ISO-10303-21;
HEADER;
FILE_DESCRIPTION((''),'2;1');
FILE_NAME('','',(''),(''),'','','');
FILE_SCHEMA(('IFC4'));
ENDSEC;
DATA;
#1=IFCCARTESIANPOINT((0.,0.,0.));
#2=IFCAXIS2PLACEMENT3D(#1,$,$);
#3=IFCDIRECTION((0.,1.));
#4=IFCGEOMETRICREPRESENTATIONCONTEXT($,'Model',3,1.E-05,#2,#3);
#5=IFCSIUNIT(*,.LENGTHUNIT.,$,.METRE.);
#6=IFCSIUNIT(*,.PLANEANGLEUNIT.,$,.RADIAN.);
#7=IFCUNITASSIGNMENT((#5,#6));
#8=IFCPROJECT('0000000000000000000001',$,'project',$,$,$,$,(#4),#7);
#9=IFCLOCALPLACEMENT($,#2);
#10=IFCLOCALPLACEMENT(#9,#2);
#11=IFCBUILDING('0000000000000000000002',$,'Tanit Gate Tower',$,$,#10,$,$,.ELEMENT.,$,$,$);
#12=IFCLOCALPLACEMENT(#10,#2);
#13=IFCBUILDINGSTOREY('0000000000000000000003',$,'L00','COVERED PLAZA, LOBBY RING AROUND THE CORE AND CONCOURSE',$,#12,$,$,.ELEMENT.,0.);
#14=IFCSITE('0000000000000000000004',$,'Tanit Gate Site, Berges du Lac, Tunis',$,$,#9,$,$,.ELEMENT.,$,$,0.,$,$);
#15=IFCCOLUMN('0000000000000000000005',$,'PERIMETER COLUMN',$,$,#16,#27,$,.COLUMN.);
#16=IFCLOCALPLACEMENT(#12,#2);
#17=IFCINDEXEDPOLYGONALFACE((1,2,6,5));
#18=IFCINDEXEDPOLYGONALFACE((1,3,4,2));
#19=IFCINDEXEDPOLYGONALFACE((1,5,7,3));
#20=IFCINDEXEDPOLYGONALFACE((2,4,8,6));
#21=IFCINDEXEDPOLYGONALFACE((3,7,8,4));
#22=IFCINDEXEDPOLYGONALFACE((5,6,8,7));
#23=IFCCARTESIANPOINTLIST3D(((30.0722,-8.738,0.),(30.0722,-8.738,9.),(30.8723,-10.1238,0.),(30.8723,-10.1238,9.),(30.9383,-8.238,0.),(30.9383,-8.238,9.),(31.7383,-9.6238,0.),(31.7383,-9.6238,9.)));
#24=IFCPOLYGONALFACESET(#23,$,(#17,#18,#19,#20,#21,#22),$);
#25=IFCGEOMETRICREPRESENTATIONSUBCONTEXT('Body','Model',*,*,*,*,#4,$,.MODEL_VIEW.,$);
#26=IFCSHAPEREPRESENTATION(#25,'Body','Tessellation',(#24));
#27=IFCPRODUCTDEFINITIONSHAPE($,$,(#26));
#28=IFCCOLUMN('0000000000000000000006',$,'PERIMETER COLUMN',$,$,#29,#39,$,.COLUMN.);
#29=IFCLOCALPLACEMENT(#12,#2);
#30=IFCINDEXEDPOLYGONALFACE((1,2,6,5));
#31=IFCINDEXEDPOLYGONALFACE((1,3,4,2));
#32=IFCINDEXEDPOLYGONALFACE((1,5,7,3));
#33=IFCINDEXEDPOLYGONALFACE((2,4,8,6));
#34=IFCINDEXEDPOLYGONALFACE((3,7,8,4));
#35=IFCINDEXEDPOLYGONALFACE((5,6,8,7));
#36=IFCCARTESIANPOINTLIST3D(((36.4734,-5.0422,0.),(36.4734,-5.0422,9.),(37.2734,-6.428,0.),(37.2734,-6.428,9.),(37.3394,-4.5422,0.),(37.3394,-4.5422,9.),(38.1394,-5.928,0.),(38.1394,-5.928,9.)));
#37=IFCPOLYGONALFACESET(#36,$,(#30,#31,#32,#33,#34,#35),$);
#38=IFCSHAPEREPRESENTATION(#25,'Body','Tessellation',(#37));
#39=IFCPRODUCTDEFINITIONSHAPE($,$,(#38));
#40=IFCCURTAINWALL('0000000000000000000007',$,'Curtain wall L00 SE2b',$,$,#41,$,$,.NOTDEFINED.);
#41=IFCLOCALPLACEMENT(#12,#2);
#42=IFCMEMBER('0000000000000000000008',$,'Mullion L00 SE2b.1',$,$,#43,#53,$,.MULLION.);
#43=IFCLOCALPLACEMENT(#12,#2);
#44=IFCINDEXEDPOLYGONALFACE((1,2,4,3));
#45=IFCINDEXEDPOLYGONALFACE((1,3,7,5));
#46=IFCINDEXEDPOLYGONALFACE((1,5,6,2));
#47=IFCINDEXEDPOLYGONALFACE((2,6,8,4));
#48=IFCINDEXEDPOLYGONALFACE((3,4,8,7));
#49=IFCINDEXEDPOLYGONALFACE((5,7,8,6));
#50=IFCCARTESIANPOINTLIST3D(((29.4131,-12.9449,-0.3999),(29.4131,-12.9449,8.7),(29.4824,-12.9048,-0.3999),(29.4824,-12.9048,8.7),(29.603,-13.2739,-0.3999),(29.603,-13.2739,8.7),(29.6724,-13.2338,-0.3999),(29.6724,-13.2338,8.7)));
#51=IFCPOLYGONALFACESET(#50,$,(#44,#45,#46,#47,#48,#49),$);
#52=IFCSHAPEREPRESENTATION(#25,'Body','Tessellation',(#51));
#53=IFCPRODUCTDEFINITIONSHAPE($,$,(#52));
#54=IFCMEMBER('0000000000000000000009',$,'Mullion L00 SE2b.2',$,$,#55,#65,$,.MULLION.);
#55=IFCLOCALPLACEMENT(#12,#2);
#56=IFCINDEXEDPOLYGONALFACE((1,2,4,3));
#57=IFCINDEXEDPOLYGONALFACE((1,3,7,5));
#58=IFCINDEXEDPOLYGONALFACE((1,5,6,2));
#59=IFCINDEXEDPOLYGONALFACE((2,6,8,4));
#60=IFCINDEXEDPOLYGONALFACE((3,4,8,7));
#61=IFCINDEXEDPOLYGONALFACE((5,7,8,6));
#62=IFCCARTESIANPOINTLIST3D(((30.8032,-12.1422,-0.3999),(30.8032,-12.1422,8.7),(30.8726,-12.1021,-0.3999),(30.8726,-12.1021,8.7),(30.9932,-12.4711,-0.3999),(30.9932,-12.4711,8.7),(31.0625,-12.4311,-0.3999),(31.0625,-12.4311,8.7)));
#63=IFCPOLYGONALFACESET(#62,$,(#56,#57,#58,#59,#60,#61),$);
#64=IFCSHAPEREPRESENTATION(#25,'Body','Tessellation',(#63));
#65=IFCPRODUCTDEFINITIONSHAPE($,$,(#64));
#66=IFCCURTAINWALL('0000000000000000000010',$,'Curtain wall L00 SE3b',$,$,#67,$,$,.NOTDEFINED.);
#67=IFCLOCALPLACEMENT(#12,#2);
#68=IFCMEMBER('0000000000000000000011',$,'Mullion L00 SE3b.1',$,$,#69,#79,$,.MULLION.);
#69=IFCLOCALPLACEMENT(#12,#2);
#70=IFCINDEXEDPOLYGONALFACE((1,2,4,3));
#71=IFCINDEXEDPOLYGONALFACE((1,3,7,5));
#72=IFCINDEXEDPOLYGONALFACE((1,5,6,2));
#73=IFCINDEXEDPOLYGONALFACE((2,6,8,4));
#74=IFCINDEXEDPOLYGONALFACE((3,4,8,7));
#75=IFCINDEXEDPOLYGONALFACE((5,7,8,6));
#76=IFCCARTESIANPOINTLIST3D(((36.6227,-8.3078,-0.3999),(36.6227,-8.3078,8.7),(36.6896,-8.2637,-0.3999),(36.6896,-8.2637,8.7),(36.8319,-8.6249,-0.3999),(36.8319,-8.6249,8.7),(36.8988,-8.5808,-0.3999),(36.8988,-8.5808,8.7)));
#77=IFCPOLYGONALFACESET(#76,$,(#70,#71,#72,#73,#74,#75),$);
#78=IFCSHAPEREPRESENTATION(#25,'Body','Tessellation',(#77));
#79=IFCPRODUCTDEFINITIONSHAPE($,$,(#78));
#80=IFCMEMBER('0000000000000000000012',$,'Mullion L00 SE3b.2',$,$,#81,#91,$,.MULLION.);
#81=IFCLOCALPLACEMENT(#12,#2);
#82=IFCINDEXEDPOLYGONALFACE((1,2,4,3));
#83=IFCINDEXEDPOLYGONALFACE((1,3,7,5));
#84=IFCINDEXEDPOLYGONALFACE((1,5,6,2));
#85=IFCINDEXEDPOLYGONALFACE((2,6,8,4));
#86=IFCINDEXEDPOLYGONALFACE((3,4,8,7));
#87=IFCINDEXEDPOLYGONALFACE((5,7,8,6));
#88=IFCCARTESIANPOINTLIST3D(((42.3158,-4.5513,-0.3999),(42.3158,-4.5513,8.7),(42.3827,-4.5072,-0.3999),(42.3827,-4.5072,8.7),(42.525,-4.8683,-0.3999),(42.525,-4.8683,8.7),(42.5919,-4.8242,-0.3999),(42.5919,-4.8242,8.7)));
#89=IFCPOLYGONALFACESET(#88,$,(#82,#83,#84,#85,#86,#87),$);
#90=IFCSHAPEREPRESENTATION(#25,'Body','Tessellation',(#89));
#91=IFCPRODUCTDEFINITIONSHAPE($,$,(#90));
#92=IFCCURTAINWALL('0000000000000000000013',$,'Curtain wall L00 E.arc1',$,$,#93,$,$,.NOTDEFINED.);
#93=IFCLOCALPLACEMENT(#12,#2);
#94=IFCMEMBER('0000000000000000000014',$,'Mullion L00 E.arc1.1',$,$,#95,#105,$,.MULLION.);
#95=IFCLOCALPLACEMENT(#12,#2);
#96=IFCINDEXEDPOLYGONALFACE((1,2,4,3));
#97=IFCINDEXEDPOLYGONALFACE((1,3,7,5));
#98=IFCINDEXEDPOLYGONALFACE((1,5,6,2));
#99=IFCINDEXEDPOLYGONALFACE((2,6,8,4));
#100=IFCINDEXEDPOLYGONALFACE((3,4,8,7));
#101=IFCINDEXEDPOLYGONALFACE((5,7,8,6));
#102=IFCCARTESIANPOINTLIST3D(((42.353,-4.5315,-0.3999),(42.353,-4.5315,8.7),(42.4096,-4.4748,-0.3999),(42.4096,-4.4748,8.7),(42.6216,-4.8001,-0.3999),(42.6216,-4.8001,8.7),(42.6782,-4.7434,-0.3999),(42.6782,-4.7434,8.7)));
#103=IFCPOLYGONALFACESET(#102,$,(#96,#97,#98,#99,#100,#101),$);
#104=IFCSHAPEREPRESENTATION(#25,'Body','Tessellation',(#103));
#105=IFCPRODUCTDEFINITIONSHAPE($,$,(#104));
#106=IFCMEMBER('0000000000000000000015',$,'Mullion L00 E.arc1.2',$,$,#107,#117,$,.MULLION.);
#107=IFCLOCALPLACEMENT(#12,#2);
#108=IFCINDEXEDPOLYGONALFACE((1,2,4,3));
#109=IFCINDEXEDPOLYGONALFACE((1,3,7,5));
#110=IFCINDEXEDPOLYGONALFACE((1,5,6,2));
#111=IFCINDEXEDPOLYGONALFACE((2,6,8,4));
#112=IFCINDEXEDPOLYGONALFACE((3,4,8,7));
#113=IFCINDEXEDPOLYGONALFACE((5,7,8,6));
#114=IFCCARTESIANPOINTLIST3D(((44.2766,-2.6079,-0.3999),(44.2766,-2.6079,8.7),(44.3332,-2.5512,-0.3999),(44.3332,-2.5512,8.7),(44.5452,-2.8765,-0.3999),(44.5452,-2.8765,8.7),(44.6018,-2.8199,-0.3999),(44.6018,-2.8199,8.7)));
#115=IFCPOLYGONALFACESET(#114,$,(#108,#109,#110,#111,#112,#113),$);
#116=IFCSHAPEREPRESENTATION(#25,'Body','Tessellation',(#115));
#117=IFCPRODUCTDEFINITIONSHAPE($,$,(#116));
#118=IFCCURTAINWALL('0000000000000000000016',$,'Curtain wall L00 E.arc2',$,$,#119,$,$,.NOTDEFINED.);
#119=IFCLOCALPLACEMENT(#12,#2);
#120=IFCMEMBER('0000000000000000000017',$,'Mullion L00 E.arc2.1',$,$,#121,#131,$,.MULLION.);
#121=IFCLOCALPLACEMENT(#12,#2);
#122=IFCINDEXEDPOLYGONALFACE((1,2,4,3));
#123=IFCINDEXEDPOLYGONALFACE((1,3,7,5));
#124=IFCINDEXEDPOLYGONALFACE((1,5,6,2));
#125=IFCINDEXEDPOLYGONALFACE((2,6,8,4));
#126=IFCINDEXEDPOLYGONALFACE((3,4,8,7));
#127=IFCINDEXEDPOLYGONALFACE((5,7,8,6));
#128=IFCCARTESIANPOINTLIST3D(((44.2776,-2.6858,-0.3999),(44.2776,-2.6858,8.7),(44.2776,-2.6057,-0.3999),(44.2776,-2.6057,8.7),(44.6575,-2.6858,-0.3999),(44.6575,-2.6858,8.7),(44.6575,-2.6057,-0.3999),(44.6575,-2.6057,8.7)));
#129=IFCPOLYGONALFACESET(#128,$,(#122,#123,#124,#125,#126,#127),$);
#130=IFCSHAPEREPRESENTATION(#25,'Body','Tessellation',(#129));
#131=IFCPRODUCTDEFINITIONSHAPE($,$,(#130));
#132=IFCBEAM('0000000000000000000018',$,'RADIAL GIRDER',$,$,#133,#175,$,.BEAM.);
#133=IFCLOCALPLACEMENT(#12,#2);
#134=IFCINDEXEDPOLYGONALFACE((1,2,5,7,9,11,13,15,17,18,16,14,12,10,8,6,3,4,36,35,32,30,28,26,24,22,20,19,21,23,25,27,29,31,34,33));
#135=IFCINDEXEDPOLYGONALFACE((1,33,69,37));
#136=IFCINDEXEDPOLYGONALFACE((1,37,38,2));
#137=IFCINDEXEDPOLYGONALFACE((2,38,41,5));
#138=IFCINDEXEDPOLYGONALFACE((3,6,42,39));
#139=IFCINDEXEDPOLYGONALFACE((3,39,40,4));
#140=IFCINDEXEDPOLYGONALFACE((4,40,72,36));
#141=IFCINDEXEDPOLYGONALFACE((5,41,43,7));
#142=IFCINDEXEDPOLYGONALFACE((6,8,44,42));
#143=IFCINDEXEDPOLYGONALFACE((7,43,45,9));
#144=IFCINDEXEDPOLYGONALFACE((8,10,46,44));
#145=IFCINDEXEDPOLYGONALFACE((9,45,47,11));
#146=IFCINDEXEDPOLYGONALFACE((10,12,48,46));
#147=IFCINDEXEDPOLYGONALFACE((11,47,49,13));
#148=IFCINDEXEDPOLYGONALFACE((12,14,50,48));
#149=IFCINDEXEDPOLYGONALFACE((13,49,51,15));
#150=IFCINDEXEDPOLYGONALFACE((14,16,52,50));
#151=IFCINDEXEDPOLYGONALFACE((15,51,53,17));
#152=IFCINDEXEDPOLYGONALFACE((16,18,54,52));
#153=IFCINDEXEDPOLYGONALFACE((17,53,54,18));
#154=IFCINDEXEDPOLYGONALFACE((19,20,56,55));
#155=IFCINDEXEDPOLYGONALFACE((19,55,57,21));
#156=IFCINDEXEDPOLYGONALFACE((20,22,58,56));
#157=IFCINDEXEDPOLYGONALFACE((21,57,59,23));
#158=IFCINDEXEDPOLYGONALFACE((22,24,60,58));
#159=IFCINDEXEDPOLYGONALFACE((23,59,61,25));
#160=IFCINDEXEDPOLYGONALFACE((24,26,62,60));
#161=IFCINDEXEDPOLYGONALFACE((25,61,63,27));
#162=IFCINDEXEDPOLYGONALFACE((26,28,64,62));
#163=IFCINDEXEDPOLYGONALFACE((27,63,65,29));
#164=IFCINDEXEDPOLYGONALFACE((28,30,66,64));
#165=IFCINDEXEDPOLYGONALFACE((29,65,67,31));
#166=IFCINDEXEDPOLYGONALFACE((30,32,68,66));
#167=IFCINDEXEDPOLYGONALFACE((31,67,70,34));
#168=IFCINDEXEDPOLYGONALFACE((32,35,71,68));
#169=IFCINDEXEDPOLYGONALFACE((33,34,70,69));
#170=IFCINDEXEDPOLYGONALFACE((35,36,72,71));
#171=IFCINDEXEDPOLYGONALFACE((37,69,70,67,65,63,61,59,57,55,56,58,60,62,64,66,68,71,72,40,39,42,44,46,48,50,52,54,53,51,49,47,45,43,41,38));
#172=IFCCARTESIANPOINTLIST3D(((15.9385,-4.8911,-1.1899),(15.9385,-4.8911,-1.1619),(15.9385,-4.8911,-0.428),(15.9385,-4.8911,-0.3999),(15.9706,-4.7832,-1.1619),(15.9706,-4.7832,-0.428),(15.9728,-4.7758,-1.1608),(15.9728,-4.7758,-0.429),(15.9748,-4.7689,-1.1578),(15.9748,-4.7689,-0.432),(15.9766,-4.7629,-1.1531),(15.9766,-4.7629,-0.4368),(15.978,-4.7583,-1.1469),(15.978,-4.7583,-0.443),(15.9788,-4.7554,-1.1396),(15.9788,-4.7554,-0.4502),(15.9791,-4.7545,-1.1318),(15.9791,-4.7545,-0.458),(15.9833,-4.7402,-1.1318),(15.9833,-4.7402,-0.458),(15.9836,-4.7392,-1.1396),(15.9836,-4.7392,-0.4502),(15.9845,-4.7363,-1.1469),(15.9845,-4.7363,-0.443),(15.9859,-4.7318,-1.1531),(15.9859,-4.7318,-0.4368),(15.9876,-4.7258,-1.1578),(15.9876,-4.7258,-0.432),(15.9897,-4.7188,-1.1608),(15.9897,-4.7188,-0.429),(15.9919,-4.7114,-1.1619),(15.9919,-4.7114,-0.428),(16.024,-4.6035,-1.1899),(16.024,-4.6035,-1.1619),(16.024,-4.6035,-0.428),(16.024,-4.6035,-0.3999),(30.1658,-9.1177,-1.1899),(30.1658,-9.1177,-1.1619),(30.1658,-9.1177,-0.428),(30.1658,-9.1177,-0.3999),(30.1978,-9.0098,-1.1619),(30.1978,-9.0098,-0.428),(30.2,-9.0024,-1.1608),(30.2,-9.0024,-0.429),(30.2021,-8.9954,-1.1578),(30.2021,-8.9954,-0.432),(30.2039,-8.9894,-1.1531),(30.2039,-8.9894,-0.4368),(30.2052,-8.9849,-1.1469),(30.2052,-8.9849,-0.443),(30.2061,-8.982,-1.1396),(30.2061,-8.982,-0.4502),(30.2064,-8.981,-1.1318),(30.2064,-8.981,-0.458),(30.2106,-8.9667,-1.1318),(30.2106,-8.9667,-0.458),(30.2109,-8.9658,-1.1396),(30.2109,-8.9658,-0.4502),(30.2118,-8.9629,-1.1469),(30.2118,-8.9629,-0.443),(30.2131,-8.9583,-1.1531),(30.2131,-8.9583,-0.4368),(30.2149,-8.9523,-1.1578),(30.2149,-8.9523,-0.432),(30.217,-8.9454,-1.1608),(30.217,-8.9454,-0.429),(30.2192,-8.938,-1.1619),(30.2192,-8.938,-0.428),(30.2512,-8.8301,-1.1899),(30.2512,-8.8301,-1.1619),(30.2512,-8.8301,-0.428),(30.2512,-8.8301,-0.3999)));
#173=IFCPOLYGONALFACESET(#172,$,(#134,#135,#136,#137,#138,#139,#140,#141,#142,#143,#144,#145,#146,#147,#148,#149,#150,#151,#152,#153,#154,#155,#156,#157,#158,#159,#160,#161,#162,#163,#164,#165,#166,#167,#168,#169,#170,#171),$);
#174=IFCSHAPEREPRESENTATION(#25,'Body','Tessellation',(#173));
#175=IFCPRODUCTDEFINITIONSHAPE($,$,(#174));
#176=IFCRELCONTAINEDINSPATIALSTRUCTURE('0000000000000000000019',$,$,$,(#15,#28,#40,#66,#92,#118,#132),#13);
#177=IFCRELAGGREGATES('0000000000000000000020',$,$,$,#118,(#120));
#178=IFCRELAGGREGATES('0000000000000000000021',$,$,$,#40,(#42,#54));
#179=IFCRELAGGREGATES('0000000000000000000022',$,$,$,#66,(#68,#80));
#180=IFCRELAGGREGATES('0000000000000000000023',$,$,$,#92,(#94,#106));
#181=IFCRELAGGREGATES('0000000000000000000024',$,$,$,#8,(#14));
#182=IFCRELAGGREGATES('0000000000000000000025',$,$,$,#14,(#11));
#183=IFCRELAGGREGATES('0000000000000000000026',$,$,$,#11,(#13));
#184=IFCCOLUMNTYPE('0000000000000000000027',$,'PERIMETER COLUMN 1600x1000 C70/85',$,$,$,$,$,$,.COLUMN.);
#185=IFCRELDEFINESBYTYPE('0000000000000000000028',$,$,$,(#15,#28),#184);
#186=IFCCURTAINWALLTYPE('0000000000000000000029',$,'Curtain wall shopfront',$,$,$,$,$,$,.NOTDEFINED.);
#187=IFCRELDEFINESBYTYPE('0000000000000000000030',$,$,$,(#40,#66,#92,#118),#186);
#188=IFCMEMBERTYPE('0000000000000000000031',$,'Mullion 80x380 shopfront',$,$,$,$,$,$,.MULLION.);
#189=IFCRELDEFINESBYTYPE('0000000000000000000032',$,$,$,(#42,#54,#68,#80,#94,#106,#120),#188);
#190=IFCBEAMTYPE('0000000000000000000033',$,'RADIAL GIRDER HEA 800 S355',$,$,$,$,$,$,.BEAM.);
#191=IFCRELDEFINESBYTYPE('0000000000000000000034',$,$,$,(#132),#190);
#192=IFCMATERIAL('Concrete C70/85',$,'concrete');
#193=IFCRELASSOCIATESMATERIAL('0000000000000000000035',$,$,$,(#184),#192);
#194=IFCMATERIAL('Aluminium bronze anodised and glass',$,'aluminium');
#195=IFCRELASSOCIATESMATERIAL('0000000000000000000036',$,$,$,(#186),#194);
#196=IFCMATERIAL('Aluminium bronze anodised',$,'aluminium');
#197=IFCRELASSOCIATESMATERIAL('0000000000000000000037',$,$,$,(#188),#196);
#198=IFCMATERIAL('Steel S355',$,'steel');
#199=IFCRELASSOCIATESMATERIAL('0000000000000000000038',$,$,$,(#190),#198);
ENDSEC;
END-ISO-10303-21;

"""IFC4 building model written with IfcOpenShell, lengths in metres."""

from ifc_helpers import new_model, si_unit, direction, frame, origin, origin_2d, place, context, subcontext, project, spatial, rectangle, i_section, extrude, material, material_profile, profile_set, type_object, element, aggregate, save


model = new_model("IFC4")

# Units and contexts
model_context = context("Model", 3, precision=1e-05, world=origin(), true_north=direction((0.0, 1.0)))
body_context = subcontext(model_context, "Body", "Model", "MODEL_VIEW")
ifc_project = project(units=[si_unit("LENGTHUNIT", "METRE"), si_unit("PLANEANGLEUNIT", "RADIAN")], contexts=[model_context])

# Site, building, storey
site_placement = place(None, origin())
site = spatial("IfcSite", under=ifc_project, at=site_placement, Name="Tanit Gate Site, Berges du Lac, Tunis", CompositionType="ELEMENT", RefElevation=0.0)
building_placement = place(site_placement, origin())
building = spatial("IfcBuilding", under=site, at=building_placement, Name="Tanit Gate Tower", CompositionType="ELEMENT")
storey_placement = place(building_placement, origin())
storey = spatial("IfcBuildingStorey", under=building, at=storey_placement, Name="L00", Description="COVERED PLAZA, LOBBY RING AROUND THE CORE AND CONCOURSE", CompositionType="ELEMENT", Elevation=0.0)

# Columns
ifc_material_1 = material(Name="Concrete C70/85", Category="concrete")
ifc_material_profile_1 = material_profile(ifc_material_1, rectangle(XDim=1.6001, YDim=1.0, at=origin_2d()), Name="RC 1600x1000")
ifc_profile_set_1 = profile_set([ifc_material_profile_1], Name="Concrete C70/85")
column_type = type_object("IfcColumnType", Name="PERIMETER COLUMN 1600x1000 C70/85", PredefinedType="COLUMN", material=ifc_profile_set_1)
for number, where, z_axis, x_axis, name in (
    (1, (30.9053, -9.1809, 0.0), (0.0, 0.0, 1.0), (0.5, -0.866025, 0.0), "PERIMETER COLUMN"),
    (2, (37.3064, -5.4851, 0.0), (0.0, 0.0, 1.0), (0.5, -0.866025, 0.0), "PERIMETER COLUMN"),
):
    element("IfcColumn", number, at=place(storey_placement, frame(where, z_axis=z_axis, x_axis=x_axis)), inside=storey, type_object=column_type, Name=name, PredefinedType="COLUMN", context=body_context, shape_type="SweptSolid", body=[
        extrude(rectangle(XDim=1.6001, YDim=1.0, at=origin_2d()), origin(), (0.0, 0.0, 1.0), 9.0),
    ])

# Curtain walls, members
ifc_material_2 = material(Name="Aluminium bronze anodised and glass", Category="aluminium")
curtain_wall_type = type_object("IfcCurtainWallType", Name="Curtain wall shopfront", PredefinedType="NOTDEFINED", material=ifc_material_2)
curtain_wall_1_placement = place(storey_placement, origin())
curtain_wall_1 = element("IfcCurtainWall", 3, at=curtain_wall_1_placement, inside=storey, type_object=curtain_wall_type, Name="Curtain wall L00 SE2b", PredefinedType="NOTDEFINED")
ifc_material_3 = material(Name="Aluminium bronze anodised", Category="aluminium")
ifc_material_profile_2 = material_profile(ifc_material_3, rectangle(XDim=0.3799, YDim=0.0801, at=origin_2d()), Name="80x380 bronze mullion")
ifc_profile_set_2 = profile_set([ifc_material_profile_2], Name="Aluminium bronze anodised")
member_type_1 = type_object("IfcMemberType", Name="Mullion 80x380 shopfront", PredefinedType="MULLION", material=ifc_profile_set_2)
member_1_placement = place(storey_placement, frame((29.5427, -13.0894, -0.3999), z_axis=(0.0, 0.0, 1.0), x_axis=(-0.50006, 0.865991, 0.0)))
member_1 = element("IfcMember", 4, at=member_1_placement, type_object=member_type_1, Name="Mullion L00 SE2b.1", PredefinedType="MULLION", context=body_context, shape_type="SweptSolid", body=[
    extrude(rectangle(XDim=0.3799, YDim=0.0801, at=origin_2d()), origin(), (0.0, 0.0, 1.0), 9.0999),
])
member_2_placement = place(storey_placement, frame((30.9329, -12.2866, -0.3999), z_axis=(0.0, 0.0, 1.0), x_axis=(-0.50006, 0.865991, 0.0)))
member_2 = element("IfcMember", 5, at=member_2_placement, type_object=member_type_1, Name="Mullion L00 SE2b.2", PredefinedType="MULLION", context=body_context, shape_type="SweptSolid", body=[
    extrude(rectangle(XDim=0.3799, YDim=0.0801, at=origin_2d()), origin(), (0.0, 0.0, 1.0), 9.0999),
])
curtain_wall_2_placement = place(storey_placement, origin())
curtain_wall_2 = element("IfcCurtainWall", 6, at=curtain_wall_2_placement, inside=storey, type_object=curtain_wall_type, Name="Curtain wall L00 SE3b", PredefinedType="NOTDEFINED")
member_3_placement = place(storey_placement, frame((36.7607, -8.4443, -0.3999), z_axis=(0.0, 0.0, 1.0), x_axis=(-0.55073, 0.834683, 0.0)))
member_3 = element("IfcMember", 7, at=member_3_placement, type_object=member_type_1, Name="Mullion L00 SE3b.1", PredefinedType="MULLION", context=body_context, shape_type="SweptSolid", body=[
    extrude(rectangle(XDim=0.3799, YDim=0.0801, at=origin_2d()), origin(), (0.0, 0.0, 1.0), 9.0999),
])
member_4_placement = place(storey_placement, frame((42.4539, -4.6877, -0.3999), z_axis=(0.0, 0.0, 1.0), x_axis=(-0.55073, 0.834683, 0.0)))
member_4 = element("IfcMember", 8, at=member_4_placement, type_object=member_type_1, Name="Mullion L00 SE3b.2", PredefinedType="MULLION", context=body_context, shape_type="SweptSolid", body=[
    extrude(rectangle(XDim=0.3799, YDim=0.0801, at=origin_2d()), origin(), (0.0, 0.0, 1.0), 9.0999),
])
curtain_wall_3_placement = place(storey_placement, origin())
curtain_wall_3 = element("IfcCurtainWall", 9, at=curtain_wall_3_placement, inside=storey, type_object=curtain_wall_type, Name="Curtain wall L00 E.arc1", PredefinedType="NOTDEFINED")
member_5_placement = place(storey_placement, frame((42.5156, -4.6375, -0.3999), z_axis=(0.0, 0.0, 1.0), x_axis=(-0.707107, 0.707107, 0.0)))
member_5 = element("IfcMember", 10, at=member_5_placement, type_object=member_type_1, Name="Mullion L00 E.arc1.1", PredefinedType="MULLION", context=body_context, shape_type="SweptSolid", body=[
    extrude(rectangle(XDim=0.3799, YDim=0.0801, at=origin_2d()), origin(), (0.0, 0.0, 1.0), 9.0999),
])
member_6_placement = place(storey_placement, frame((44.4392, -2.7139, -0.3999), z_axis=(0.0, 0.0, 1.0), x_axis=(-0.707107, 0.707107, 0.0)))
member_6 = element("IfcMember", 11, at=member_6_placement, type_object=member_type_1, Name="Mullion L00 E.arc1.2", PredefinedType="MULLION", context=body_context, shape_type="SweptSolid", body=[
    extrude(rectangle(XDim=0.3799, YDim=0.0801, at=origin_2d()), origin(), (0.0, 0.0, 1.0), 9.0999),
])

# Curtain wall, member
curtain_wall_4_placement = place(storey_placement, origin())
curtain_wall_4 = element("IfcCurtainWall", 12, at=curtain_wall_4_placement, inside=storey, type_object=curtain_wall_type, Name="Curtain wall L00 E.arc2", PredefinedType="NOTDEFINED")
member_7_placement = place(storey_placement, frame((44.4675, -2.6458, -0.3999), z_axis=(0.0, 0.0, 1.0), x_axis=(-1.0, 0.0, 0.0)))
member_7 = element("IfcMember", 13, at=member_7_placement, type_object=member_type_1, Name="Mullion L00 E.arc2.1", PredefinedType="MULLION", context=body_context, shape_type="SweptSolid", body=[
    extrude(rectangle(XDim=0.3799, YDim=0.0801, at=origin_2d()), origin(), (0.0, 0.0, 1.0), 9.0999),
])

# Beam
ifc_material_4 = material(Name="Steel S355", Category="steel")
ifc_material_profile_3 = material_profile(ifc_material_4, i_section(OverallWidth=0.3, OverallDepth=0.79, WebThickness=0.0149, FlangeThickness=0.0281, FilletRadius=0.03, at=origin_2d()), Name="HEA 800")
ifc_profile_set_3 = profile_set([ifc_material_profile_3], Name="Steel S355")
beam_type_1 = type_object("IfcBeamType", Name="RADIAL GIRDER HEA 800 S355", PredefinedType="BEAM", material=ifc_profile_set_3)
beam_1_placement = place(storey_placement, frame((30.2085, -8.9739, -0.7949), z_axis=(-0.958595, 0.284774, 0.0), x_axis=(-0.284774, -0.958595, 0.0)))
element("IfcBeam", 14, at=beam_1_placement, inside=storey, type_object=beam_type_1, Name="RADIAL GIRDER", PredefinedType="BEAM", context=body_context, shape_type="SweptSolid", body=[
    extrude(i_section(OverallWidth=0.3, OverallDepth=0.79, WebThickness=0.0149, FlangeThickness=0.0281, FilletRadius=0.03, at=origin_2d()), origin(), (0.0, 0.0, 1.0), 14.8418),
])

aggregate(curtain_wall_4, [member_7])

aggregate(curtain_wall_1, [member_1, member_2])
aggregate(curtain_wall_2, [member_3, member_4])
aggregate(curtain_wall_3, [member_5, member_6])

save(model, "model.ifc")
